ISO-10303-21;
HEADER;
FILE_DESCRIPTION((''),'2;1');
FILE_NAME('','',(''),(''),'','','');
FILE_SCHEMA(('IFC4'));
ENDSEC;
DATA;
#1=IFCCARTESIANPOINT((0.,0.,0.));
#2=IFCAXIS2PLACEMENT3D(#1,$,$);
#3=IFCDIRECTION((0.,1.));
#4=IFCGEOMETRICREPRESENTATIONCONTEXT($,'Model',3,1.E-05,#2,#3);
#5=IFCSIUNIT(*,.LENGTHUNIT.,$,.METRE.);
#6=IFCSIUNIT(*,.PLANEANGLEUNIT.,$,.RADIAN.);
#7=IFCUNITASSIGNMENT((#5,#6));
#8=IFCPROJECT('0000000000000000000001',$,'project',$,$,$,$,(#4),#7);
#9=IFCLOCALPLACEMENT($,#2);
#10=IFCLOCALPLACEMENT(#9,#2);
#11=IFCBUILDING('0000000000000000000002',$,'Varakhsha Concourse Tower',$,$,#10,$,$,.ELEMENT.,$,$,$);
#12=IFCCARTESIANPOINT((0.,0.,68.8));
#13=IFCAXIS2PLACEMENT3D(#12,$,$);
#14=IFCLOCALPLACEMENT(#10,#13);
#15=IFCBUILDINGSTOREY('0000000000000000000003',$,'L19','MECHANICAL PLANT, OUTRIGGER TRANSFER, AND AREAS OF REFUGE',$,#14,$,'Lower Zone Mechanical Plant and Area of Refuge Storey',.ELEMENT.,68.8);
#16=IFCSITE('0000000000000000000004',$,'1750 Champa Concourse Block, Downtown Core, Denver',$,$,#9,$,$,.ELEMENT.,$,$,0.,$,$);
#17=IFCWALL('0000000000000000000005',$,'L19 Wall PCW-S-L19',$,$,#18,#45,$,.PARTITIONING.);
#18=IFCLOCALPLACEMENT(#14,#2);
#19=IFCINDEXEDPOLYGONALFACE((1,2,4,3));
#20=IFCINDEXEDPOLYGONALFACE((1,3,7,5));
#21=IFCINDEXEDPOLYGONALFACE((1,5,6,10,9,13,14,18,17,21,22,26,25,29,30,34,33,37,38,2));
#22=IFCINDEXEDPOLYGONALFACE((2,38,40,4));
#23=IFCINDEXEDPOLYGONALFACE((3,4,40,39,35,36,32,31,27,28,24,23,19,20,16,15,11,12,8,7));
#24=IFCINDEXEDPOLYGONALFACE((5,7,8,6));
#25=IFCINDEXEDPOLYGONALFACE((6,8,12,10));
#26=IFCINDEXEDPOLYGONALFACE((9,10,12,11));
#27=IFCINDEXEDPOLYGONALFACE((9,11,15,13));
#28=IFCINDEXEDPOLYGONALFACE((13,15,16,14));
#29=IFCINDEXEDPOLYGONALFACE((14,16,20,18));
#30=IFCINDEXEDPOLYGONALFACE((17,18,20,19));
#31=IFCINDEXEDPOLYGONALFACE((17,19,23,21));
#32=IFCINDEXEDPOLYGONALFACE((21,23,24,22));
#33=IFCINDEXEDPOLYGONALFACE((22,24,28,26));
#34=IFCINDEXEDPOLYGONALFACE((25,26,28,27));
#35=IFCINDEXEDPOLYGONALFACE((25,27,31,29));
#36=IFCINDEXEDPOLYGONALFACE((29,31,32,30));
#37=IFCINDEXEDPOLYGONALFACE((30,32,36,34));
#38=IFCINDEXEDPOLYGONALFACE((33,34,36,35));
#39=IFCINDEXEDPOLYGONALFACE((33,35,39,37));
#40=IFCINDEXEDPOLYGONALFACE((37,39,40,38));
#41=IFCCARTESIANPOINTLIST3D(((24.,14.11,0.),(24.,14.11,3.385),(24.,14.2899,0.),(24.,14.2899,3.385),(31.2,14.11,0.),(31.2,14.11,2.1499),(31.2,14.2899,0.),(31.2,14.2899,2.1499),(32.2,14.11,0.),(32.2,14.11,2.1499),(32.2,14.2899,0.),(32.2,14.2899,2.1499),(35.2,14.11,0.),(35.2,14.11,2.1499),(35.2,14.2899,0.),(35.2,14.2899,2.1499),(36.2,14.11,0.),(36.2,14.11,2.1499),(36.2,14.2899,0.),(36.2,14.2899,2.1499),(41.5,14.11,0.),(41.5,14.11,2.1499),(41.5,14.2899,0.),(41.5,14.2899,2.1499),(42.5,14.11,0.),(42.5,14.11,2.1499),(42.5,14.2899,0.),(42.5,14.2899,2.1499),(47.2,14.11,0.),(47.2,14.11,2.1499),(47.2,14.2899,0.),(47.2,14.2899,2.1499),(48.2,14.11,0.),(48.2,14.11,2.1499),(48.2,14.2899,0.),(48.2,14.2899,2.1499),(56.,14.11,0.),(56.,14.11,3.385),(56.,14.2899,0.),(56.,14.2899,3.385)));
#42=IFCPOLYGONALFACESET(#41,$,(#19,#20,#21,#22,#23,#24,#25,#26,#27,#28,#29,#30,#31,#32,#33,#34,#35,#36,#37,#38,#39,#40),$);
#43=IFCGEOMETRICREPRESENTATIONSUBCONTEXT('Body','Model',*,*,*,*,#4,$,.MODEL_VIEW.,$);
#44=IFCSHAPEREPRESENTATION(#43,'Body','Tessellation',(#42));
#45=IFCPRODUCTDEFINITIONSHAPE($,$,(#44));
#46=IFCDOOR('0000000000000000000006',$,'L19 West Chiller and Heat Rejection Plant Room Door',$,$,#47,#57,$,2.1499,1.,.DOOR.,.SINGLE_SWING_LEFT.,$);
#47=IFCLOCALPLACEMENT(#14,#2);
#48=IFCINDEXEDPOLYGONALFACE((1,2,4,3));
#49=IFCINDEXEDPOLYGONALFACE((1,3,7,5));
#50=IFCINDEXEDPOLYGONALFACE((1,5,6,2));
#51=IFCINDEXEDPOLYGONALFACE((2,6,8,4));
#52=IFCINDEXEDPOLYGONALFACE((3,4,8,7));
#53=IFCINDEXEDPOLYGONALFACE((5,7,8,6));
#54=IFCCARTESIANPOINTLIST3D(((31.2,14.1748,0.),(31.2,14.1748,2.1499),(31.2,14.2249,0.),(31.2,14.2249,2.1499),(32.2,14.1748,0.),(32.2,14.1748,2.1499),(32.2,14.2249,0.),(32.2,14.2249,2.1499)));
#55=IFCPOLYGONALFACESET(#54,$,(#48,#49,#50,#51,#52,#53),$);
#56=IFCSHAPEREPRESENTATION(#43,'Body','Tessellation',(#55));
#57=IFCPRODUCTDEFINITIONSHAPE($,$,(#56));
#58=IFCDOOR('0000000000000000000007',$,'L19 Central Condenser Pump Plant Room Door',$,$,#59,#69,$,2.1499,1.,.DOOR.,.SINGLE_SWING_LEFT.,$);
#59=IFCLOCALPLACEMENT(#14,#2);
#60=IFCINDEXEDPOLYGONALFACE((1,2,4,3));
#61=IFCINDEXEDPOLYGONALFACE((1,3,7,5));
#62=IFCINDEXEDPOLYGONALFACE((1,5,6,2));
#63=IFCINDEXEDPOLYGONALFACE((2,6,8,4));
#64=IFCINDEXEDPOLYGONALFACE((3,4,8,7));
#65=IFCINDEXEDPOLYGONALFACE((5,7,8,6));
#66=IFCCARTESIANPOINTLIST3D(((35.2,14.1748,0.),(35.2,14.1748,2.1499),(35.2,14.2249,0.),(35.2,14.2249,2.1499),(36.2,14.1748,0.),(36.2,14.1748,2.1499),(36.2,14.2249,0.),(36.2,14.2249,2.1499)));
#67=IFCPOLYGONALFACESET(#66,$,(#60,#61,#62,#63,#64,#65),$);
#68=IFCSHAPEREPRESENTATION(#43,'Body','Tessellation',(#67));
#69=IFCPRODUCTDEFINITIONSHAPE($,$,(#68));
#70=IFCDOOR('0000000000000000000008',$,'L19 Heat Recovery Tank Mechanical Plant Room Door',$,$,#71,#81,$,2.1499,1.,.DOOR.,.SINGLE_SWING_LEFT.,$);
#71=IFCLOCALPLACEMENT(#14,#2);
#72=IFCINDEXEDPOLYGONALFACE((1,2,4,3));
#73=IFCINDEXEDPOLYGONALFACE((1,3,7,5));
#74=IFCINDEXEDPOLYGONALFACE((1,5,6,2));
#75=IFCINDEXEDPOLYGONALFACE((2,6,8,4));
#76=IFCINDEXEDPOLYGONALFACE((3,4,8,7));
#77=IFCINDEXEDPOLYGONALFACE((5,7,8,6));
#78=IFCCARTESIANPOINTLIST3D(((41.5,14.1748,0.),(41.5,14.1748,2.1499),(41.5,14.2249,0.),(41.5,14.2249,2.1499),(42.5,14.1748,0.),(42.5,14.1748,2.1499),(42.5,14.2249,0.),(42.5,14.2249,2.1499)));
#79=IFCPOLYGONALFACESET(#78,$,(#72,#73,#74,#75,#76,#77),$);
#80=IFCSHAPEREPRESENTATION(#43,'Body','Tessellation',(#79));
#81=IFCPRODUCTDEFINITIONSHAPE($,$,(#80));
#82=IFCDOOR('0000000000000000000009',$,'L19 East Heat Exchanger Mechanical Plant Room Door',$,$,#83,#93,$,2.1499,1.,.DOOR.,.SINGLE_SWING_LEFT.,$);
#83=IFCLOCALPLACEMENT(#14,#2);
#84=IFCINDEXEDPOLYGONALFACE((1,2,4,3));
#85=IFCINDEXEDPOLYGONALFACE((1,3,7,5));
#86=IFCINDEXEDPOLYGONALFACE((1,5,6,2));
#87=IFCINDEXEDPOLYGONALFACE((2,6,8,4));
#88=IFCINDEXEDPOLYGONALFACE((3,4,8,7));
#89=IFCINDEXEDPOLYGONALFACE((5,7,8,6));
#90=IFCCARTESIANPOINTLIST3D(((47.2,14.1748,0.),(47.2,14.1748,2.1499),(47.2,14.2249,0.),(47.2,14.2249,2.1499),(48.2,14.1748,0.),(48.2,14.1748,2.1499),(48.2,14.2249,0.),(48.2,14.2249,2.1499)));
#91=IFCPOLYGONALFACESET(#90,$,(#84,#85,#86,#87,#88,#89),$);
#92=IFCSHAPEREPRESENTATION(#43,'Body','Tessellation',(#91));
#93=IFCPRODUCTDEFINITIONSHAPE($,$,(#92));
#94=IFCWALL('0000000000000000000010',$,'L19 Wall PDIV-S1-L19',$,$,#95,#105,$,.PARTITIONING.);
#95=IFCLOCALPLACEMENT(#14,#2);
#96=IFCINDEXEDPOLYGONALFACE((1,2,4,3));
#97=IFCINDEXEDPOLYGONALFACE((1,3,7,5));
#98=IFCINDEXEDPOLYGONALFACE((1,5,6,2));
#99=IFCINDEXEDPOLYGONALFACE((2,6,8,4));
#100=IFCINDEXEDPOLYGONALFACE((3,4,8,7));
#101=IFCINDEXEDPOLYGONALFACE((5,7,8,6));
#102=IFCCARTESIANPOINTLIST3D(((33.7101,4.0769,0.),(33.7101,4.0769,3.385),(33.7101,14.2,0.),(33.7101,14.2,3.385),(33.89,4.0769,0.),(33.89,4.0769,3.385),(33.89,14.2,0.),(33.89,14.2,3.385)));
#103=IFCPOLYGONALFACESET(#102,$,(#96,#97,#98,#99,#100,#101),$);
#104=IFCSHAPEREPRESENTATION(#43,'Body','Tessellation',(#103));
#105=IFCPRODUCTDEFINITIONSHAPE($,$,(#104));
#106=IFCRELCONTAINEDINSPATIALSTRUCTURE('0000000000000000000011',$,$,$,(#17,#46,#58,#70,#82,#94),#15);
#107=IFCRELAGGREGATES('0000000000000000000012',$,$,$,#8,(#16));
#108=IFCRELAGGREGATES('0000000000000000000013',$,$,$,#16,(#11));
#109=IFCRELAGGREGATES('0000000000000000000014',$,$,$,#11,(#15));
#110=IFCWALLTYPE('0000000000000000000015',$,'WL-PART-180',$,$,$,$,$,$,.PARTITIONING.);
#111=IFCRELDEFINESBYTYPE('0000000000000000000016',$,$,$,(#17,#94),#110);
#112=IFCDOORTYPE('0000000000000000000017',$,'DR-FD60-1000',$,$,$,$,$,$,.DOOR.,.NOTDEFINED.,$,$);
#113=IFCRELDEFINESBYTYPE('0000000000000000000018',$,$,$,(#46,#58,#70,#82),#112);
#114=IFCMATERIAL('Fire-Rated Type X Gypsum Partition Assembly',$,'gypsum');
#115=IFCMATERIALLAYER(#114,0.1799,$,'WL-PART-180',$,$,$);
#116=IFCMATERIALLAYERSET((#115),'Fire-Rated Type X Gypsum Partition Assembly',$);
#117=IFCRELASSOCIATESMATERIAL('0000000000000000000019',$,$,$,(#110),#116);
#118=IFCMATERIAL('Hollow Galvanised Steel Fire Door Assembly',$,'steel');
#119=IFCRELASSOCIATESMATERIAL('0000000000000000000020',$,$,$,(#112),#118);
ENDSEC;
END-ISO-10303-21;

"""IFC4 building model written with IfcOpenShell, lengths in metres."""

from ifc_helpers import new_model, si_unit, direction, frame, frame_2d, origin, place, context, subcontext, project, spatial, rectangle, extrude, material, layer, layer_set, type_object, element, fill, save


model = new_model("IFC4")

# Units and contexts
model_context = context("Model", 3, precision=1e-05, world=origin(), true_north=direction((0.0, 1.0)))
body_context = subcontext(model_context, "Body", "Model", "MODEL_VIEW")
ifc_project = project(units=[si_unit("LENGTHUNIT", "METRE"), si_unit("PLANEANGLEUNIT", "RADIAN")], contexts=[model_context])

# Site, building, storey
site_placement = place(None, origin())
site = spatial("IfcSite", under=ifc_project, at=site_placement, Name="1750 Champa Concourse Block, Downtown Core, Denver", CompositionType="ELEMENT", RefElevation=0.0)
building_placement = place(site_placement, origin())
building = spatial("IfcBuilding", under=site, at=building_placement, Name="Varakhsha Concourse Tower", CompositionType="ELEMENT")
storey_placement = place(building_placement, frame((0.0, 0.0, 68.8)))
storey = spatial("IfcBuildingStorey", under=building, at=storey_placement, Name="L19", Description="MECHANICAL PLANT, OUTRIGGER TRANSFER, AND AREAS OF REFUGE", LongName="Lower Zone Mechanical Plant and Area of Refuge Storey", CompositionType="ELEMENT", Elevation=68.8)

# Wall, openings, doors
ifc_material_1 = material(Name="Fire-Rated Type X Gypsum Partition Assembly", Category="gypsum")
ifc_layer_1 = layer(ifc_material_1, 0.1799, Name="WL-PART-180")
ifc_layer_set_1 = layer_set([ifc_layer_1], Name="Fire-Rated Type X Gypsum Partition Assembly")
wall_type = type_object("IfcWallType", Name="WL-PART-180", PredefinedType="PARTITIONING", material=ifc_layer_set_1)
wall_1_placement = place(storey_placement, frame((24.0, 14.2, 0.0), z_axis=(0.0, 0.0, 1.0), x_axis=(1.0, 0.0, 0.0)))
wall_1 = element("IfcWall", 1, at=wall_1_placement, inside=storey, type_object=wall_type, Name="L19 Wall PCW-S-L19", PredefinedType="PARTITIONING", context=body_context, shape_type="SweptSolid", body=[
    extrude(rectangle(XDim=32.0, YDim=0.1799, at=frame_2d((16.0, 0.0))), origin(), (0.0, 0.0, 1.0), 3.385),
])
opening_1_placement = place(wall_1_placement, frame((7.2, 0.0, 0.0)))
opening_1 = element("IfcOpeningElement", 2, at=opening_1_placement, cuts=wall_1, PredefinedType="OPENING", context=body_context, shape_type="SweptSolid", body=[
    extrude(rectangle(XDim=1.0, YDim=2.1499, at=frame_2d((0.5, 1.075))), frame((0.0, 0.0999, 0.0), z_axis=(0.0, -1.0, 0.0), x_axis=(1.0, 0.0, 0.0)), (0.0, 0.0, 1.0), 0.2),
])
opening_2_placement = place(wall_1_placement, frame((11.2, 0.0, 0.0)))
opening_2 = element("IfcOpeningElement", 3, at=opening_2_placement, cuts=wall_1, PredefinedType="OPENING", context=body_context, shape_type="SweptSolid", body=[
    extrude(rectangle(XDim=1.0, YDim=2.1499, at=frame_2d((0.5, 1.075))), frame((0.0, 0.0999, 0.0), z_axis=(0.0, -1.0, 0.0), x_axis=(1.0, 0.0, 0.0)), (0.0, 0.0, 1.0), 0.2),
])
opening_3_placement = place(wall_1_placement, frame((17.5, 0.0, 0.0)))
opening_3 = element("IfcOpeningElement", 4, at=opening_3_placement, cuts=wall_1, PredefinedType="OPENING", context=body_context, shape_type="SweptSolid", body=[
    extrude(rectangle(XDim=1.0, YDim=2.1499, at=frame_2d((0.5, 1.075))), frame((0.0, 0.0999, 0.0), z_axis=(0.0, -1.0, 0.0), x_axis=(1.0, 0.0, 0.0)), (0.0, 0.0, 1.0), 0.2),
])
opening_4_placement = place(wall_1_placement, frame((23.2, 0.0, 0.0)))
opening_4 = element("IfcOpeningElement", 5, at=opening_4_placement, cuts=wall_1, PredefinedType="OPENING", context=body_context, shape_type="SweptSolid", body=[
    extrude(rectangle(XDim=1.0, YDim=2.1499, at=frame_2d((0.5, 1.075))), frame((0.0, 0.0999, 0.0), z_axis=(0.0, -1.0, 0.0), x_axis=(1.0, 0.0, 0.0)), (0.0, 0.0, 1.0), 0.2),
])
ifc_material_2 = material(Name="Hollow Galvanised Steel Fire Door Assembly", Category="steel")
door_type = type_object("IfcDoorType", Name="DR-FD60-1000", OperationType="NOTDEFINED", PredefinedType="DOOR", material=ifc_material_2)
door_1_placement = place(opening_1_placement, origin())
door_1 = element("IfcDoor", 6, at=door_1_placement, inside=storey, type_object=door_type, Name="L19 West Chiller and Heat Rejection Plant Room Door", OperationType="SINGLE_SWING_LEFT", OverallHeight=2.1499, OverallWidth=1.0, PredefinedType="DOOR", context=body_context, shape_type="SweptSolid", body=[
    extrude(rectangle(XDim=1.0, YDim=2.1499, at=frame_2d((0.5, 1.075))), frame((0.0, 0.0249, 0.0), z_axis=(0.0, -1.0, 0.0), x_axis=(1.0, 0.0, 0.0)), (0.0, 0.0, 1.0), 0.05),
])
fill(opening_1, door_1)
door_2_placement = place(opening_2_placement, origin())
door_2 = element("IfcDoor", 7, at=door_2_placement, inside=storey, type_object=door_type, Name="L19 Central Condenser Pump Plant Room Door", OperationType="SINGLE_SWING_LEFT", OverallHeight=2.1499, OverallWidth=1.0, PredefinedType="DOOR", context=body_context, shape_type="SweptSolid", body=[
    extrude(rectangle(XDim=1.0, YDim=2.1499, at=frame_2d((0.5, 1.075))), frame((0.0, 0.0249, 0.0), z_axis=(0.0, -1.0, 0.0), x_axis=(1.0, 0.0, 0.0)), (0.0, 0.0, 1.0), 0.05),
])
fill(opening_2, door_2)
door_3_placement = place(opening_3_placement, origin())
door_3 = element("IfcDoor", 8, at=door_3_placement, inside=storey, type_object=door_type, Name="L19 Heat Recovery Tank Mechanical Plant Room Door", OperationType="SINGLE_SWING_LEFT", OverallHeight=2.1499, OverallWidth=1.0, PredefinedType="DOOR", context=body_context, shape_type="SweptSolid", body=[
    extrude(rectangle(XDim=1.0, YDim=2.1499, at=frame_2d((0.5, 1.075))), frame((0.0, 0.0249, 0.0), z_axis=(0.0, -1.0, 0.0), x_axis=(1.0, 0.0, 0.0)), (0.0, 0.0, 1.0), 0.05),
])
fill(opening_3, door_3)
door_4_placement = place(opening_4_placement, origin())
door_4 = element("IfcDoor", 9, at=door_4_placement, inside=storey, type_object=door_type, Name="L19 East Heat Exchanger Mechanical Plant Room Door", OperationType="SINGLE_SWING_LEFT", OverallHeight=2.1499, OverallWidth=1.0, PredefinedType="DOOR", context=body_context, shape_type="SweptSolid", body=[
    extrude(rectangle(XDim=1.0, YDim=2.1499, at=frame_2d((0.5, 1.075))), frame((0.0, 0.0249, 0.0), z_axis=(0.0, -1.0, 0.0), x_axis=(1.0, 0.0, 0.0)), (0.0, 0.0, 1.0), 0.05),
])
fill(opening_4, door_4)

# Wall
wall_2_placement = place(storey_placement, frame((33.8, 4.0769, 0.0), z_axis=(0.0, 0.0, 1.0), x_axis=(0.0, 1.0, 0.0)))
element("IfcWall", 10, at=wall_2_placement, inside=storey, type_object=wall_type, Name="L19 Wall PDIV-S1-L19", PredefinedType="PARTITIONING", context=body_context, shape_type="SweptSolid", body=[
    extrude(rectangle(XDim=10.123, YDim=0.1799, at=frame_2d((5.0615, 0.0))), origin(), (0.0, 0.0, 1.0), 3.385),
])

save(model, "model.ifc")
